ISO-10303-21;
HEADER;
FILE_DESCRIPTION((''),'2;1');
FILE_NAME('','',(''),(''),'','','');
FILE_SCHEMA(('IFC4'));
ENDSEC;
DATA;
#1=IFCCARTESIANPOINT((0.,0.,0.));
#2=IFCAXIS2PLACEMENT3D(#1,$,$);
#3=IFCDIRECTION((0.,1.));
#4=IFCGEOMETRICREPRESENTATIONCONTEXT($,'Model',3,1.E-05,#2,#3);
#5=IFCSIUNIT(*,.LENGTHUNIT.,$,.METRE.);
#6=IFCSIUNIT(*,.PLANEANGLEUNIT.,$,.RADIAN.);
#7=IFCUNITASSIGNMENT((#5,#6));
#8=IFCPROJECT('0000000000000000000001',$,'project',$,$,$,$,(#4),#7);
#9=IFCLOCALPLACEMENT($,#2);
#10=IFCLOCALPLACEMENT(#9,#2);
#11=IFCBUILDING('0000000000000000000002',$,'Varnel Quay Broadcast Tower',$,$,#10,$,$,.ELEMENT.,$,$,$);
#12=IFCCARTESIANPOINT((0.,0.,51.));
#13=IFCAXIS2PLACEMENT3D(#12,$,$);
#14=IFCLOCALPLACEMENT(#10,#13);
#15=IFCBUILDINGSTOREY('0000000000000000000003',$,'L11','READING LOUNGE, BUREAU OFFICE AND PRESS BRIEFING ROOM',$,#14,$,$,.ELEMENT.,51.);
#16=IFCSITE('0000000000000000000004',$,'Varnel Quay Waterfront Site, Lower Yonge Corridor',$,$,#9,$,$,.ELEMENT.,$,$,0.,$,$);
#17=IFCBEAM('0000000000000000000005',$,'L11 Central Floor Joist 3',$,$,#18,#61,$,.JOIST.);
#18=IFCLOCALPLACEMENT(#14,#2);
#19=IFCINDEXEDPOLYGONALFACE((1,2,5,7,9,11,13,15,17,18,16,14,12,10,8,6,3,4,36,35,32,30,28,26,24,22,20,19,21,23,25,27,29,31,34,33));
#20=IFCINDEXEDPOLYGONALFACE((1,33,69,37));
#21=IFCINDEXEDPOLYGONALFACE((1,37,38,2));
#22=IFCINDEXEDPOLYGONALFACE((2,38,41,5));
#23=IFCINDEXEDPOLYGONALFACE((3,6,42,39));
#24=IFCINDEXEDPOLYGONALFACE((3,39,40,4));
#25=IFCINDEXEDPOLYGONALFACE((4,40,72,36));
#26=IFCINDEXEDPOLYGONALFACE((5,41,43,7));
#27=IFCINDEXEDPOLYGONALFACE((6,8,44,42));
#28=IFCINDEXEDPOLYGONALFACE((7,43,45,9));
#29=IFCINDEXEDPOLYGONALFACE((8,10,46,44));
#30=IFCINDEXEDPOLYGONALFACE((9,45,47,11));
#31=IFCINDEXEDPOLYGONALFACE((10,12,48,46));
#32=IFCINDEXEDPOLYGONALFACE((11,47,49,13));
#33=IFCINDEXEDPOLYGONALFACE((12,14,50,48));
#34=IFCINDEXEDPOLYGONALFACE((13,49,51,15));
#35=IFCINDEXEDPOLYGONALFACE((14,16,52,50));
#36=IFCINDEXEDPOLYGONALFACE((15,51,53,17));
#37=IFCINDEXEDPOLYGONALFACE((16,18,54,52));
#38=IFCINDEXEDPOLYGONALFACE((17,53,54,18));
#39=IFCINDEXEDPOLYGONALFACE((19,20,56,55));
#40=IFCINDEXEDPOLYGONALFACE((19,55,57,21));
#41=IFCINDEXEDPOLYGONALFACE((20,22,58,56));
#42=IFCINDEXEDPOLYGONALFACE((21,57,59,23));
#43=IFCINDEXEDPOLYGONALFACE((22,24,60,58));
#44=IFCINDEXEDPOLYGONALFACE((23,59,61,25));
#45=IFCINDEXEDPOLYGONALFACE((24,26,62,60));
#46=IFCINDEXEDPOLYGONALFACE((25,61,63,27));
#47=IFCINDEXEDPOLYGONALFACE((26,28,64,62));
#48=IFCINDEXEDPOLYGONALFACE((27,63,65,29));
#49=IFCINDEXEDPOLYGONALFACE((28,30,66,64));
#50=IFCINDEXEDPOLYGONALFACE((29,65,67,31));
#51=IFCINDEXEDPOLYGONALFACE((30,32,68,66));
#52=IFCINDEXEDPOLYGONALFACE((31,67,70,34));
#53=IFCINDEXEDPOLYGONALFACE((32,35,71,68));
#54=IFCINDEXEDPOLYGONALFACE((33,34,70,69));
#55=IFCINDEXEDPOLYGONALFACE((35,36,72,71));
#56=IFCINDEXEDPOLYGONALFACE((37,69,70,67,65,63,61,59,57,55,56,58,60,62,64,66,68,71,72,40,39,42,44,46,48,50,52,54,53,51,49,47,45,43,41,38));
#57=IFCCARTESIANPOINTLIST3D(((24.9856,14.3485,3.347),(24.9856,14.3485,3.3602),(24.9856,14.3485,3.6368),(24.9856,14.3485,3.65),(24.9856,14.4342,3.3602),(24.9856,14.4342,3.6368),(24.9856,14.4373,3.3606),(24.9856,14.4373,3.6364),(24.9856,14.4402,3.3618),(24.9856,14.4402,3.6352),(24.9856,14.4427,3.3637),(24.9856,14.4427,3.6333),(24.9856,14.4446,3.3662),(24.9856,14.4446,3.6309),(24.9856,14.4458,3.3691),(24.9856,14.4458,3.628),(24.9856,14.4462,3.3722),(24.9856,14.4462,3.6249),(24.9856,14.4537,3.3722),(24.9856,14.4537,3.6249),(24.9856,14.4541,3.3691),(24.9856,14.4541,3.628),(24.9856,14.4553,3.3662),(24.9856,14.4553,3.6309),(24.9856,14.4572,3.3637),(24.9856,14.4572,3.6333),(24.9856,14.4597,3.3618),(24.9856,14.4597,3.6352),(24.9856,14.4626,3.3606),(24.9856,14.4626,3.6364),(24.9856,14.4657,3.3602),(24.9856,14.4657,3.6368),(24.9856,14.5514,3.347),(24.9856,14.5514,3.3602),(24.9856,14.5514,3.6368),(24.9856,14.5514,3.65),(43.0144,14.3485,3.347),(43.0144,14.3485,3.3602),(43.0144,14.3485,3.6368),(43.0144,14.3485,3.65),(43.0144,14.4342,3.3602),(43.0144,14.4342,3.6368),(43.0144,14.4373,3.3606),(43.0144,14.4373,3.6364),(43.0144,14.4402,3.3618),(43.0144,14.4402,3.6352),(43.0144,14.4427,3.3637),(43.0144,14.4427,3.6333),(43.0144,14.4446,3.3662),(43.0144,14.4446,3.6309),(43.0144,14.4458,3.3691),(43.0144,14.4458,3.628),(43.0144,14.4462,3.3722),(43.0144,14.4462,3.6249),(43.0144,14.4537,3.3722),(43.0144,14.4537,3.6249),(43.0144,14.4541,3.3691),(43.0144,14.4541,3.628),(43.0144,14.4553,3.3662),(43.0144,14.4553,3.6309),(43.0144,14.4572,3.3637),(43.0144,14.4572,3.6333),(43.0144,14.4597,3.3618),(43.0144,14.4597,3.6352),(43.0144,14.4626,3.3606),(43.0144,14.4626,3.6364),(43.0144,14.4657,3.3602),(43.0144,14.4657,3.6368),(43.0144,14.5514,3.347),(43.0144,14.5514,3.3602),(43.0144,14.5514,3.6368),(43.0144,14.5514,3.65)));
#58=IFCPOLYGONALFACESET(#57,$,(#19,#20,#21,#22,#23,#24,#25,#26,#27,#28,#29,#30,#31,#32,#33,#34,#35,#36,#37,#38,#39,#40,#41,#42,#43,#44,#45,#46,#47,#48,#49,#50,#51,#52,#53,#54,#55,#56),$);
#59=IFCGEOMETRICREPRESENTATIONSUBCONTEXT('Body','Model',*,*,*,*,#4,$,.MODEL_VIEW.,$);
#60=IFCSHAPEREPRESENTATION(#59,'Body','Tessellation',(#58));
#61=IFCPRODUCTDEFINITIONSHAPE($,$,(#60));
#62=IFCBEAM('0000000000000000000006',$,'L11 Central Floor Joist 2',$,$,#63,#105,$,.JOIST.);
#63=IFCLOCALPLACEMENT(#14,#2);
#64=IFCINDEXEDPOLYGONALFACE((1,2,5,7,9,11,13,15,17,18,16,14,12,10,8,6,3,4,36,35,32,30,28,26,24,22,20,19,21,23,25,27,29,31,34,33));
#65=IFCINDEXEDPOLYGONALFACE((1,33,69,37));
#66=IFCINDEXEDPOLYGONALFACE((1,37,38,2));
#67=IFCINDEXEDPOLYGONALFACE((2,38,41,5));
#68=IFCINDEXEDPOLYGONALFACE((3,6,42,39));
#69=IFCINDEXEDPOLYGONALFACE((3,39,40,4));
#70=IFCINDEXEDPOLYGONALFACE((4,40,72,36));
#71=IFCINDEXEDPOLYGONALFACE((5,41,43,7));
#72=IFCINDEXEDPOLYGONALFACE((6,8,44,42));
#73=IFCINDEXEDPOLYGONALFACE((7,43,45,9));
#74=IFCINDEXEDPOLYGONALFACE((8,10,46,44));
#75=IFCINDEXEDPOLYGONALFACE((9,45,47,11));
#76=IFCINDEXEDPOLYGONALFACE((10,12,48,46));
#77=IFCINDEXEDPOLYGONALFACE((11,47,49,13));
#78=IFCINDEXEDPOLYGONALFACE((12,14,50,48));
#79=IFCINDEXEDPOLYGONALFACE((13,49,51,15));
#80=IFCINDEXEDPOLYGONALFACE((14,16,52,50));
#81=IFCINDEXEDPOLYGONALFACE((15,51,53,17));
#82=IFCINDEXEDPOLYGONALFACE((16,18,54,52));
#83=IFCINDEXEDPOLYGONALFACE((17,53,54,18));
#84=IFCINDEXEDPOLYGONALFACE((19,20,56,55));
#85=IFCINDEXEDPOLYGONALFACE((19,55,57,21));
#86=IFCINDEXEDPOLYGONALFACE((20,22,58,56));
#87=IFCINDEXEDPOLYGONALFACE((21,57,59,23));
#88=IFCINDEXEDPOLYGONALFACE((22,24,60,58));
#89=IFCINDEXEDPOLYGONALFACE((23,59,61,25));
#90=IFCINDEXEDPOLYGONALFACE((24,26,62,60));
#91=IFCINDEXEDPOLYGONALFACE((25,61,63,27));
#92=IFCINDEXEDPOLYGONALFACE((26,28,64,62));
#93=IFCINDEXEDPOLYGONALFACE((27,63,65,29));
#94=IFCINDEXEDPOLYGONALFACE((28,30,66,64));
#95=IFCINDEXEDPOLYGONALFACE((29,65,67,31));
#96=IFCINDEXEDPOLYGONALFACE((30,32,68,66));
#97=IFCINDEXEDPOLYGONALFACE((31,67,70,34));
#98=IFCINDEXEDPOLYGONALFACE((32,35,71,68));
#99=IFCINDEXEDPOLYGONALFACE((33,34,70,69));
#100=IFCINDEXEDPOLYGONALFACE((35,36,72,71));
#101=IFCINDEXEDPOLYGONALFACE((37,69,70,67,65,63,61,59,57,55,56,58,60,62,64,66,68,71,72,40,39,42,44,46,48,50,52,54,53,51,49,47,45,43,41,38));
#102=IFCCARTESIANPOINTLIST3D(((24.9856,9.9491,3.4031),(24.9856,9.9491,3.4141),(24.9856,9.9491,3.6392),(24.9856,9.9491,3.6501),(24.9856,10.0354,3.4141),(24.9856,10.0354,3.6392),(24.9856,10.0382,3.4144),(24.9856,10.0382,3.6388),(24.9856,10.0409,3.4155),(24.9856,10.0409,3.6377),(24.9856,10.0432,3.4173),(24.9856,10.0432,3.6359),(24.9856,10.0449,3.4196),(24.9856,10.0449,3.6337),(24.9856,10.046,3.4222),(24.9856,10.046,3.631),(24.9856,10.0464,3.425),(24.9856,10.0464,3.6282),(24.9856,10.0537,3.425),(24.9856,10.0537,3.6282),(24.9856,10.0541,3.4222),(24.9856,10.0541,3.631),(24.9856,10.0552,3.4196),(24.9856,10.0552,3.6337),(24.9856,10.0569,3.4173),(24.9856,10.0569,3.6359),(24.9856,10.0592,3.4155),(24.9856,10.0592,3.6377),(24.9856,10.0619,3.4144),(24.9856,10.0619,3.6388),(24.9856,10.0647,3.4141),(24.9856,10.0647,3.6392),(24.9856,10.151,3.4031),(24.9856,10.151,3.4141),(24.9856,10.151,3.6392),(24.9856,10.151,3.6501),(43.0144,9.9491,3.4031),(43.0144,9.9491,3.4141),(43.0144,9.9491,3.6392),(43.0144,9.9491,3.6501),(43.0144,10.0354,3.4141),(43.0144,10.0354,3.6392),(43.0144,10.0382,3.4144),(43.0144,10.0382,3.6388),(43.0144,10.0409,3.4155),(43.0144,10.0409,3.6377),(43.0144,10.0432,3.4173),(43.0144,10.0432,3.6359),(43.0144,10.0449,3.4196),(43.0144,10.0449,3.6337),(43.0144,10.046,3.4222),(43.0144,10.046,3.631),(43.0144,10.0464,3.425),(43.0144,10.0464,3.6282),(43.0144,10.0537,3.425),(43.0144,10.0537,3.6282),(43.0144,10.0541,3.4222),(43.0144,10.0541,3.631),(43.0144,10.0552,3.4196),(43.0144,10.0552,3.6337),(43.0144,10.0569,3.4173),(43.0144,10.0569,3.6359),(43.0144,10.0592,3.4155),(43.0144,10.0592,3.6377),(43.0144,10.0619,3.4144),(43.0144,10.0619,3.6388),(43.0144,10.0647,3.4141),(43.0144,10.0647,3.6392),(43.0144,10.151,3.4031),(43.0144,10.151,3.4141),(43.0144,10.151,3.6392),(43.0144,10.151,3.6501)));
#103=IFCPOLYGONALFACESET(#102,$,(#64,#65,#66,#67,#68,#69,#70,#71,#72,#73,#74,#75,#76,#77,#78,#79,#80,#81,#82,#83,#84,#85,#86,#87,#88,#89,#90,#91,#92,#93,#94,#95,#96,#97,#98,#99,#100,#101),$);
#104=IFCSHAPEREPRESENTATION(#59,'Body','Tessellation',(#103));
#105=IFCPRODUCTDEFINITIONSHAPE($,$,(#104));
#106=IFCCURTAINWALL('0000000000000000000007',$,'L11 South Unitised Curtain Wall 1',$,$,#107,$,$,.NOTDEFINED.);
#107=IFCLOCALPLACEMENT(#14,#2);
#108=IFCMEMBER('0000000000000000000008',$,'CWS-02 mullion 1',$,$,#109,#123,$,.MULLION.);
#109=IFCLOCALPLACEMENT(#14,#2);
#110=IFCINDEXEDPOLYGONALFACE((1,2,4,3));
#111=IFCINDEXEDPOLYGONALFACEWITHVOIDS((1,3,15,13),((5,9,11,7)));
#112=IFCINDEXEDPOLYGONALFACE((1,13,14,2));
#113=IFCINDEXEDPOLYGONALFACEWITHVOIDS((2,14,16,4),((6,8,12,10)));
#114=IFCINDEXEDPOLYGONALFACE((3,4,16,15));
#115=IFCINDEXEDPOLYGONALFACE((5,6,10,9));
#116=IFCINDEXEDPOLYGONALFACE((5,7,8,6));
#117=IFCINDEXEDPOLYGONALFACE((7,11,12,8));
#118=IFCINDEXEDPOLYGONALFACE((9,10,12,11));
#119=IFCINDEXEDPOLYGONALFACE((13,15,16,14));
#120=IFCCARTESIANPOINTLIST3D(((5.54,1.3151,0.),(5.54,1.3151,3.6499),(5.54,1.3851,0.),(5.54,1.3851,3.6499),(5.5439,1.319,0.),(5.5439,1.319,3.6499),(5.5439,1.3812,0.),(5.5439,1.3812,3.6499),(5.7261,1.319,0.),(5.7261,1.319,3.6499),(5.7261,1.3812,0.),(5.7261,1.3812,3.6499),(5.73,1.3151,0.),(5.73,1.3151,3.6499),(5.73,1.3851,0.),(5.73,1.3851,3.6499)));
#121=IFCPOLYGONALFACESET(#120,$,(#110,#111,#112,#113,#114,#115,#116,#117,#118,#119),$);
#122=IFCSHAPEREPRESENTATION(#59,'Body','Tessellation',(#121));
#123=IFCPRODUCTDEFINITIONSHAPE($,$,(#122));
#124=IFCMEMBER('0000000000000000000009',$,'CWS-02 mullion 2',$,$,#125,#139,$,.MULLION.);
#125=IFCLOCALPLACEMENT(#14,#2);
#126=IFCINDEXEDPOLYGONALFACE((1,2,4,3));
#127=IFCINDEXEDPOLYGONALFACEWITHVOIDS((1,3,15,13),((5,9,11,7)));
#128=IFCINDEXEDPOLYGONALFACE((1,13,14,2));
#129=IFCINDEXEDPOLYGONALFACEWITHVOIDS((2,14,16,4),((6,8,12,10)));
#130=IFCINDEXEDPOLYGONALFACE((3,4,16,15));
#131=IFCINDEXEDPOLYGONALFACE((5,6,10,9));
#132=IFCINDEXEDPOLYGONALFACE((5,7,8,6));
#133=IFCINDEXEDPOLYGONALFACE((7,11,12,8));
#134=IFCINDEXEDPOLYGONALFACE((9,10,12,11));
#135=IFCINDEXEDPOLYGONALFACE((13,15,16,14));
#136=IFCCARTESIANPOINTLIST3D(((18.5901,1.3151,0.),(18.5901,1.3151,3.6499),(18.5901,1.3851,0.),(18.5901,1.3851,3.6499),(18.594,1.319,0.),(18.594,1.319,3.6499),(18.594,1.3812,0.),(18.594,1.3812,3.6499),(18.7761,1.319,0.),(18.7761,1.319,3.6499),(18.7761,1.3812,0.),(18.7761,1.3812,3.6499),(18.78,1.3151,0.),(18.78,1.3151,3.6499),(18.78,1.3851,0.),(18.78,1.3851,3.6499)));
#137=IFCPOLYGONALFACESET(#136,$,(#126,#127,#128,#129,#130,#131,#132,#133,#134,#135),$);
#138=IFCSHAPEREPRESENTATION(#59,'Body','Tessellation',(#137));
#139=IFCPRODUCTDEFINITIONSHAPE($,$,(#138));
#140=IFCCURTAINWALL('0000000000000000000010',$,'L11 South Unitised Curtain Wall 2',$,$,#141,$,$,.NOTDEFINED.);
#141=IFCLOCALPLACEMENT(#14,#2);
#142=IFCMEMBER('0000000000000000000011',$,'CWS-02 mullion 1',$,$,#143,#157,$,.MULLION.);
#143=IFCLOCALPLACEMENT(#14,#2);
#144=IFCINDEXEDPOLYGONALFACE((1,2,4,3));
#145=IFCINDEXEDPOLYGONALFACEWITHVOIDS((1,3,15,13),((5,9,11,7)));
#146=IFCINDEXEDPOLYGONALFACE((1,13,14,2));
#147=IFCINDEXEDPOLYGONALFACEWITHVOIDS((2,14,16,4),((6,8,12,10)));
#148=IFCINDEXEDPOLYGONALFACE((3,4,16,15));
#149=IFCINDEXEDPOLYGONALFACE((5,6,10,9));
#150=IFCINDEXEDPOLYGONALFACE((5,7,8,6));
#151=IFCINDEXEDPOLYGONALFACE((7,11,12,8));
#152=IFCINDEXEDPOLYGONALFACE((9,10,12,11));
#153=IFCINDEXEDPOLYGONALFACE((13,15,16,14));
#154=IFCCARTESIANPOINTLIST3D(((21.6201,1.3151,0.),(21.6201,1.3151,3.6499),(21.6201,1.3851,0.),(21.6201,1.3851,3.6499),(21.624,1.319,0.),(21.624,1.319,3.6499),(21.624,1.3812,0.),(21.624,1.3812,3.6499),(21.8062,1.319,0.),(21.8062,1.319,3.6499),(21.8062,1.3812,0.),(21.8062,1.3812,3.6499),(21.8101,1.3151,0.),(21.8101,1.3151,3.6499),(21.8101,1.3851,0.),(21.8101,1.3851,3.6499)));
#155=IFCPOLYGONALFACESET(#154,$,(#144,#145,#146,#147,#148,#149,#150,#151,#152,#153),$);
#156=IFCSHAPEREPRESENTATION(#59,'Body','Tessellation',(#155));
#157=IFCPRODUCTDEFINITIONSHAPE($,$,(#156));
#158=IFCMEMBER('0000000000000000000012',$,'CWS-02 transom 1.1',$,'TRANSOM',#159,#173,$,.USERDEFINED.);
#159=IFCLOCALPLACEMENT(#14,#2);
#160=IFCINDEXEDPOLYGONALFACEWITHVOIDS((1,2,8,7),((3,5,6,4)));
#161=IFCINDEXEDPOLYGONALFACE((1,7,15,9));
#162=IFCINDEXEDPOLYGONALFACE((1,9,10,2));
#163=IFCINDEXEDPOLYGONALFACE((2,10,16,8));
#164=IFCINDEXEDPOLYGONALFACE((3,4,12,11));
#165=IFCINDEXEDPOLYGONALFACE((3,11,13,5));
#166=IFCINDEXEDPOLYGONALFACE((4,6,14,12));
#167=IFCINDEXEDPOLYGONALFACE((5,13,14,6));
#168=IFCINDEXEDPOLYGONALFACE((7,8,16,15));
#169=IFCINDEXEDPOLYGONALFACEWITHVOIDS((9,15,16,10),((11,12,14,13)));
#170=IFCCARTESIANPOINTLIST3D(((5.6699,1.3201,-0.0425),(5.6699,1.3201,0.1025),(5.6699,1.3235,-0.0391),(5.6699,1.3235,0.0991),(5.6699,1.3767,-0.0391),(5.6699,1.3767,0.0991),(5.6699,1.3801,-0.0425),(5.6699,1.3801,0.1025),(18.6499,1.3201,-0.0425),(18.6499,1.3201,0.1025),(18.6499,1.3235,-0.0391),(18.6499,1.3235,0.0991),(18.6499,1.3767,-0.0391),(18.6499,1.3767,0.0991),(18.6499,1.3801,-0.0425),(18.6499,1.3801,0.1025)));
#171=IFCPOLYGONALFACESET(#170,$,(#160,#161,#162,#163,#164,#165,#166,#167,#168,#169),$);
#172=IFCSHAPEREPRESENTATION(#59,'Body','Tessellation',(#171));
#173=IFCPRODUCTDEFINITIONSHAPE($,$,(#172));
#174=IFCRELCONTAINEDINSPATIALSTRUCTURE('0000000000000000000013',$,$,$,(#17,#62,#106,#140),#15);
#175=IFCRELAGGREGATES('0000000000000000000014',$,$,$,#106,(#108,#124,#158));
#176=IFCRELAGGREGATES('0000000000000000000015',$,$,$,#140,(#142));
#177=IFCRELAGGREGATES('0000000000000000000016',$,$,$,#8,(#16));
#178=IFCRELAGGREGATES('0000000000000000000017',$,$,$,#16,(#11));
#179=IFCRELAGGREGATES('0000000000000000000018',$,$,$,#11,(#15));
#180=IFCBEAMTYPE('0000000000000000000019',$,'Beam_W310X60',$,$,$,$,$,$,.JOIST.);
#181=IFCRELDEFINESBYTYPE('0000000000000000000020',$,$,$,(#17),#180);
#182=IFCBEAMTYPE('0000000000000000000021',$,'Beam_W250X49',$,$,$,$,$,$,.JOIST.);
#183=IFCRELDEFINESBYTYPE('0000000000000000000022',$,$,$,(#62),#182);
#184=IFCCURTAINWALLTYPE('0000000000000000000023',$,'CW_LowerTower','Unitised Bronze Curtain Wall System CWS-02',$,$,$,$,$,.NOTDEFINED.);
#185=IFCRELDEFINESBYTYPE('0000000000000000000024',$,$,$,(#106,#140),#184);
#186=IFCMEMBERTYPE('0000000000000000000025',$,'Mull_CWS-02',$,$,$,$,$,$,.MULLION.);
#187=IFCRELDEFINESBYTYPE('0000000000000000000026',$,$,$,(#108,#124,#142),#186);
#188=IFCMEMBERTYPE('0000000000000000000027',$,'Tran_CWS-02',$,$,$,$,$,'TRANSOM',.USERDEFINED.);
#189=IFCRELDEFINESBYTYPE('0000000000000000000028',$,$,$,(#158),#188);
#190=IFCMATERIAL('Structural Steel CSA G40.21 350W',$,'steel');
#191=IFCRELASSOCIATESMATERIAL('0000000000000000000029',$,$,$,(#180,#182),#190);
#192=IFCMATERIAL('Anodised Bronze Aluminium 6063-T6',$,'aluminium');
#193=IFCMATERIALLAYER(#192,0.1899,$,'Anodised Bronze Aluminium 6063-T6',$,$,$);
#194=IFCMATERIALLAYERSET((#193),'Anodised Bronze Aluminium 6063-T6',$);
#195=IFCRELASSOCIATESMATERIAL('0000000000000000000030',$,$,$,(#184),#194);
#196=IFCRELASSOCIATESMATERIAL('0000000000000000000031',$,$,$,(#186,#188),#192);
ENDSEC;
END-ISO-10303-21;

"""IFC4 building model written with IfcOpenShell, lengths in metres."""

from ifc_helpers import new_model, si_unit, direction, frame, origin, origin_2d, place, context, subcontext, project, spatial, hollow_rectangle, i_section, extrude, source, transform, mapped, material, layer, layer_set, material_profile, profile_set, type_object, type_shapes, element, aggregate, save


model = new_model("IFC4")

# Units and contexts
model_context = context("Model", 3, precision=1e-05, world=origin(), true_north=direction((0.0, 1.0)))
body_context = subcontext(model_context, "Body", "Model", "MODEL_VIEW")
ifc_project = project(units=[si_unit("LENGTHUNIT", "METRE"), si_unit("PLANEANGLEUNIT", "RADIAN")], contexts=[model_context])

# Site, building, storey
site_placement = place(None, origin())
site = spatial("IfcSite", under=ifc_project, at=site_placement, Name="Varnel Quay Waterfront Site, Lower Yonge Corridor", CompositionType="ELEMENT", RefElevation=0.0)
building_placement = place(site_placement, origin())
building = spatial("IfcBuilding", under=site, at=building_placement, Name="Varnel Quay Broadcast Tower", CompositionType="ELEMENT")
storey_placement = place(building_placement, frame((0.0, 0.0, 51.0)))
storey = spatial("IfcBuildingStorey", under=building, at=storey_placement, Name="L11", Description="READING LOUNGE, BUREAU OFFICE AND PRESS BRIEFING ROOM", CompositionType="ELEMENT", Elevation=51.0)

# Shared definitions
ifc_material_1 = material(Name="Structural Steel CSA G40.21 350W", Category="steel")

# Beams
ifc_material_profile_1 = material_profile(ifc_material_1, i_section(OverallWidth=0.2029, OverallDepth=0.303, WebThickness=0.0076, FlangeThickness=0.0132, FilletRadius=0.012, at=origin_2d()), Name="W310X60")
ifc_profile_set_1 = profile_set([ifc_material_profile_1], Name="Structural Steel CSA G40.21 350W")
beam_type_1 = type_object("IfcBeamType", Name="Beam_W310X60", PredefinedType="JOIST", material=ifc_profile_set_1)
shared_shape_1 = source(origin(), body_context, "Body", "SweptSolid", [
    extrude(i_section(OverallWidth=0.2029, OverallDepth=0.303, WebThickness=0.0076, FlangeThickness=0.0132, FilletRadius=0.012, at=origin_2d()), origin(), (0.0, 0.0, 1.0), 18.0288),
])
type_shapes(beam_type_1, [shared_shape_1])
for number, where, z_axis, x_axis, name in (
    (1, (24.9856, 14.45, 3.4985), (1.0, 0.0, 0.0), (0.0, 1.0, 0.0), "L11 Central Floor Joist 3"),
):
    element("IfcBeam", number, at=place(storey_placement, frame(where, z_axis=z_axis, x_axis=x_axis)), inside=storey, type_object=beam_type_1, Name=name, PredefinedType="JOIST", context=body_context, shape_type="MappedRepresentation", body=[
        mapped(shared_shape_1, transform((0.0, 0.0, 0.0), x_axis=(1.0, 0.0, 0.0), y_axis=(0.0, 1.0, 0.0), z_axis=(0.0, 0.0, 1.0), scale=1.0)),
    ])
ifc_material_profile_2 = material_profile(ifc_material_1, i_section(OverallWidth=0.2019, OverallDepth=0.2471, WebThickness=0.0073, FlangeThickness=0.011, FilletRadius=0.011, at=origin_2d()), Name="W250X49")
ifc_profile_set_2 = profile_set([ifc_material_profile_2], Name="Structural Steel CSA G40.21 350W")
beam_type_2 = type_object("IfcBeamType", Name="Beam_W250X49", PredefinedType="JOIST", material=ifc_profile_set_2)
shared_shape_2 = source(origin(), body_context, "Body", "SweptSolid", [
    extrude(i_section(OverallWidth=0.2019, OverallDepth=0.2471, WebThickness=0.0073, FlangeThickness=0.011, FilletRadius=0.011, at=origin_2d()), origin(), (0.0, 0.0, 1.0), 18.0288),
])
type_shapes(beam_type_2, [shared_shape_2])
beam_1_placement = place(storey_placement, frame((24.9856, 10.05, 3.5266), z_axis=(1.0, 0.0, 0.0), x_axis=(0.0, 1.0, 0.0)))
element("IfcBeam", 2, at=beam_1_placement, inside=storey, type_object=beam_type_2, Name="L11 Central Floor Joist 2", PredefinedType="JOIST", context=body_context, shape_type="MappedRepresentation", body=[
    mapped(shared_shape_2, transform((0.0, 0.0, 0.0), x_axis=(1.0, 0.0, 0.0), y_axis=(0.0, 1.0, 0.0), z_axis=(0.0, 0.0, 1.0), scale=1.0)),
])

# Curtain wall, members
ifc_material_2 = material(Name="Anodised Bronze Aluminium 6063-T6", Category="aluminium")
ifc_layer_1 = layer(ifc_material_2, 0.1899, Name="Anodised Bronze Aluminium 6063-T6")
ifc_layer_set_1 = layer_set([ifc_layer_1], Name="Anodised Bronze Aluminium 6063-T6")
curtain_wall_type_1 = type_object("IfcCurtainWallType", Name="CW_LowerTower", Description="Unitised Bronze Curtain Wall System CWS-02", PredefinedType="NOTDEFINED", material=ifc_layer_set_1)
curtain_wall_1_placement = place(storey_placement, origin())
curtain_wall_1 = element("IfcCurtainWall", 3, at=curtain_wall_1_placement, inside=storey, type_object=curtain_wall_type_1, Name="L11 South Unitised Curtain Wall 1", PredefinedType="NOTDEFINED")
ifc_material_profile_3 = material_profile(ifc_material_2, hollow_rectangle(XDim=0.0701, YDim=0.1899, WallThickness=0.0039, at=origin_2d()), Name="ALU70X190X4")
ifc_profile_set_3 = profile_set([ifc_material_profile_3], Name="Anodised Bronze Aluminium 6063-T6")
member_type_1 = type_object("IfcMemberType", Name="Mull_CWS-02", PredefinedType="MULLION", material=ifc_profile_set_3)
shared_shape_3 = source(origin(), body_context, "Body", "SweptSolid", [
    extrude(hollow_rectangle(XDim=0.0701, YDim=0.1899, WallThickness=0.0039, at=origin_2d()), origin(), (0.0, 0.0, 1.0), 3.6499),
])
type_shapes(member_type_1, [shared_shape_3])
member_1_placement = place(storey_placement, frame((5.635, 1.3501, 0.0), z_axis=(0.0, 0.0, 1.0), x_axis=(0.0, 1.0, 0.0)))
member_1 = element("IfcMember", 4, at=member_1_placement, type_object=member_type_1, Name="CWS-02 mullion 1", PredefinedType="MULLION", context=body_context, shape_type="MappedRepresentation", body=[
    mapped(shared_shape_3, transform((0.0, 0.0, 0.0), x_axis=(1.0, 0.0, 0.0), y_axis=(0.0, 1.0, 0.0), z_axis=(0.0, 0.0, 1.0), scale=1.0)),
])
member_2_placement = place(storey_placement, frame((18.6851, 1.3501, 0.0), z_axis=(0.0, 0.0, 1.0), x_axis=(0.0, 1.0, 0.0)))
member_2 = element("IfcMember", 5, at=member_2_placement, type_object=member_type_1, Name="CWS-02 mullion 2", PredefinedType="MULLION", context=body_context, shape_type="MappedRepresentation", body=[
    mapped(shared_shape_3, transform((0.0, 0.0, 0.0), x_axis=(1.0, 0.0, 0.0), y_axis=(0.0, 1.0, 0.0), z_axis=(0.0, 0.0, 1.0), scale=1.0)),
])

# Curtain wall, member
curtain_wall_2_placement = place(storey_placement, origin())
curtain_wall_2 = element("IfcCurtainWall", 6, at=curtain_wall_2_placement, inside=storey, type_object=curtain_wall_type_1, Name="L11 South Unitised Curtain Wall 2", PredefinedType="NOTDEFINED")
member_3_placement = place(storey_placement, frame((21.7151, 1.3501, 0.0), z_axis=(0.0, 0.0, 1.0), x_axis=(0.0, 1.0, 0.0)))
member_3 = element("IfcMember", 7, at=member_3_placement, type_object=member_type_1, Name="CWS-02 mullion 1", PredefinedType="MULLION", context=body_context, shape_type="MappedRepresentation", body=[
    mapped(shared_shape_3, transform((0.0, 0.0, 0.0), x_axis=(1.0, 0.0, 0.0), y_axis=(0.0, 1.0, 0.0), z_axis=(0.0, 0.0, 1.0), scale=1.0)),
])

# Member
ifc_material_profile_4 = material_profile(ifc_material_2, hollow_rectangle(XDim=0.0601, YDim=0.145, WallThickness=0.0034, at=origin_2d()), Name="ALU60X145X3.5")
ifc_profile_set_4 = profile_set([ifc_material_profile_4], Name="Anodised Bronze Aluminium 6063-T6")
member_type_2 = type_object("IfcMemberType", Name="Tran_CWS-02", ElementType="TRANSOM", PredefinedType="USERDEFINED", material=ifc_profile_set_4)
shared_shape_4 = source(origin(), body_context, "Body", "SweptSolid", [
    extrude(hollow_rectangle(XDim=0.0601, YDim=0.145, WallThickness=0.0034, at=origin_2d()), origin(), (0.0, 0.0, 1.0), 12.98),
])
member_4_placement = place(storey_placement, frame((5.6699, 1.3501, 0.03), z_axis=(1.0, 0.0, 0.0), x_axis=(0.0, 1.0, 0.0)))
member_4 = element("IfcMember", 8, at=member_4_placement, type_object=member_type_2, Name="CWS-02 transom 1.1", ObjectType="TRANSOM", PredefinedType="USERDEFINED", context=body_context, shape_type="MappedRepresentation", body=[
    mapped(shared_shape_4, transform((0.0, 0.0, 0.0), x_axis=(1.0, 0.0, 0.0), y_axis=(0.0, 1.0, 0.0), z_axis=(0.0, 0.0, 1.0), scale=1.0)),
])

aggregate(curtain_wall_1, [member_1, member_2, member_4])
aggregate(curtain_wall_2, [member_3])

save(model, "model.ifc")
